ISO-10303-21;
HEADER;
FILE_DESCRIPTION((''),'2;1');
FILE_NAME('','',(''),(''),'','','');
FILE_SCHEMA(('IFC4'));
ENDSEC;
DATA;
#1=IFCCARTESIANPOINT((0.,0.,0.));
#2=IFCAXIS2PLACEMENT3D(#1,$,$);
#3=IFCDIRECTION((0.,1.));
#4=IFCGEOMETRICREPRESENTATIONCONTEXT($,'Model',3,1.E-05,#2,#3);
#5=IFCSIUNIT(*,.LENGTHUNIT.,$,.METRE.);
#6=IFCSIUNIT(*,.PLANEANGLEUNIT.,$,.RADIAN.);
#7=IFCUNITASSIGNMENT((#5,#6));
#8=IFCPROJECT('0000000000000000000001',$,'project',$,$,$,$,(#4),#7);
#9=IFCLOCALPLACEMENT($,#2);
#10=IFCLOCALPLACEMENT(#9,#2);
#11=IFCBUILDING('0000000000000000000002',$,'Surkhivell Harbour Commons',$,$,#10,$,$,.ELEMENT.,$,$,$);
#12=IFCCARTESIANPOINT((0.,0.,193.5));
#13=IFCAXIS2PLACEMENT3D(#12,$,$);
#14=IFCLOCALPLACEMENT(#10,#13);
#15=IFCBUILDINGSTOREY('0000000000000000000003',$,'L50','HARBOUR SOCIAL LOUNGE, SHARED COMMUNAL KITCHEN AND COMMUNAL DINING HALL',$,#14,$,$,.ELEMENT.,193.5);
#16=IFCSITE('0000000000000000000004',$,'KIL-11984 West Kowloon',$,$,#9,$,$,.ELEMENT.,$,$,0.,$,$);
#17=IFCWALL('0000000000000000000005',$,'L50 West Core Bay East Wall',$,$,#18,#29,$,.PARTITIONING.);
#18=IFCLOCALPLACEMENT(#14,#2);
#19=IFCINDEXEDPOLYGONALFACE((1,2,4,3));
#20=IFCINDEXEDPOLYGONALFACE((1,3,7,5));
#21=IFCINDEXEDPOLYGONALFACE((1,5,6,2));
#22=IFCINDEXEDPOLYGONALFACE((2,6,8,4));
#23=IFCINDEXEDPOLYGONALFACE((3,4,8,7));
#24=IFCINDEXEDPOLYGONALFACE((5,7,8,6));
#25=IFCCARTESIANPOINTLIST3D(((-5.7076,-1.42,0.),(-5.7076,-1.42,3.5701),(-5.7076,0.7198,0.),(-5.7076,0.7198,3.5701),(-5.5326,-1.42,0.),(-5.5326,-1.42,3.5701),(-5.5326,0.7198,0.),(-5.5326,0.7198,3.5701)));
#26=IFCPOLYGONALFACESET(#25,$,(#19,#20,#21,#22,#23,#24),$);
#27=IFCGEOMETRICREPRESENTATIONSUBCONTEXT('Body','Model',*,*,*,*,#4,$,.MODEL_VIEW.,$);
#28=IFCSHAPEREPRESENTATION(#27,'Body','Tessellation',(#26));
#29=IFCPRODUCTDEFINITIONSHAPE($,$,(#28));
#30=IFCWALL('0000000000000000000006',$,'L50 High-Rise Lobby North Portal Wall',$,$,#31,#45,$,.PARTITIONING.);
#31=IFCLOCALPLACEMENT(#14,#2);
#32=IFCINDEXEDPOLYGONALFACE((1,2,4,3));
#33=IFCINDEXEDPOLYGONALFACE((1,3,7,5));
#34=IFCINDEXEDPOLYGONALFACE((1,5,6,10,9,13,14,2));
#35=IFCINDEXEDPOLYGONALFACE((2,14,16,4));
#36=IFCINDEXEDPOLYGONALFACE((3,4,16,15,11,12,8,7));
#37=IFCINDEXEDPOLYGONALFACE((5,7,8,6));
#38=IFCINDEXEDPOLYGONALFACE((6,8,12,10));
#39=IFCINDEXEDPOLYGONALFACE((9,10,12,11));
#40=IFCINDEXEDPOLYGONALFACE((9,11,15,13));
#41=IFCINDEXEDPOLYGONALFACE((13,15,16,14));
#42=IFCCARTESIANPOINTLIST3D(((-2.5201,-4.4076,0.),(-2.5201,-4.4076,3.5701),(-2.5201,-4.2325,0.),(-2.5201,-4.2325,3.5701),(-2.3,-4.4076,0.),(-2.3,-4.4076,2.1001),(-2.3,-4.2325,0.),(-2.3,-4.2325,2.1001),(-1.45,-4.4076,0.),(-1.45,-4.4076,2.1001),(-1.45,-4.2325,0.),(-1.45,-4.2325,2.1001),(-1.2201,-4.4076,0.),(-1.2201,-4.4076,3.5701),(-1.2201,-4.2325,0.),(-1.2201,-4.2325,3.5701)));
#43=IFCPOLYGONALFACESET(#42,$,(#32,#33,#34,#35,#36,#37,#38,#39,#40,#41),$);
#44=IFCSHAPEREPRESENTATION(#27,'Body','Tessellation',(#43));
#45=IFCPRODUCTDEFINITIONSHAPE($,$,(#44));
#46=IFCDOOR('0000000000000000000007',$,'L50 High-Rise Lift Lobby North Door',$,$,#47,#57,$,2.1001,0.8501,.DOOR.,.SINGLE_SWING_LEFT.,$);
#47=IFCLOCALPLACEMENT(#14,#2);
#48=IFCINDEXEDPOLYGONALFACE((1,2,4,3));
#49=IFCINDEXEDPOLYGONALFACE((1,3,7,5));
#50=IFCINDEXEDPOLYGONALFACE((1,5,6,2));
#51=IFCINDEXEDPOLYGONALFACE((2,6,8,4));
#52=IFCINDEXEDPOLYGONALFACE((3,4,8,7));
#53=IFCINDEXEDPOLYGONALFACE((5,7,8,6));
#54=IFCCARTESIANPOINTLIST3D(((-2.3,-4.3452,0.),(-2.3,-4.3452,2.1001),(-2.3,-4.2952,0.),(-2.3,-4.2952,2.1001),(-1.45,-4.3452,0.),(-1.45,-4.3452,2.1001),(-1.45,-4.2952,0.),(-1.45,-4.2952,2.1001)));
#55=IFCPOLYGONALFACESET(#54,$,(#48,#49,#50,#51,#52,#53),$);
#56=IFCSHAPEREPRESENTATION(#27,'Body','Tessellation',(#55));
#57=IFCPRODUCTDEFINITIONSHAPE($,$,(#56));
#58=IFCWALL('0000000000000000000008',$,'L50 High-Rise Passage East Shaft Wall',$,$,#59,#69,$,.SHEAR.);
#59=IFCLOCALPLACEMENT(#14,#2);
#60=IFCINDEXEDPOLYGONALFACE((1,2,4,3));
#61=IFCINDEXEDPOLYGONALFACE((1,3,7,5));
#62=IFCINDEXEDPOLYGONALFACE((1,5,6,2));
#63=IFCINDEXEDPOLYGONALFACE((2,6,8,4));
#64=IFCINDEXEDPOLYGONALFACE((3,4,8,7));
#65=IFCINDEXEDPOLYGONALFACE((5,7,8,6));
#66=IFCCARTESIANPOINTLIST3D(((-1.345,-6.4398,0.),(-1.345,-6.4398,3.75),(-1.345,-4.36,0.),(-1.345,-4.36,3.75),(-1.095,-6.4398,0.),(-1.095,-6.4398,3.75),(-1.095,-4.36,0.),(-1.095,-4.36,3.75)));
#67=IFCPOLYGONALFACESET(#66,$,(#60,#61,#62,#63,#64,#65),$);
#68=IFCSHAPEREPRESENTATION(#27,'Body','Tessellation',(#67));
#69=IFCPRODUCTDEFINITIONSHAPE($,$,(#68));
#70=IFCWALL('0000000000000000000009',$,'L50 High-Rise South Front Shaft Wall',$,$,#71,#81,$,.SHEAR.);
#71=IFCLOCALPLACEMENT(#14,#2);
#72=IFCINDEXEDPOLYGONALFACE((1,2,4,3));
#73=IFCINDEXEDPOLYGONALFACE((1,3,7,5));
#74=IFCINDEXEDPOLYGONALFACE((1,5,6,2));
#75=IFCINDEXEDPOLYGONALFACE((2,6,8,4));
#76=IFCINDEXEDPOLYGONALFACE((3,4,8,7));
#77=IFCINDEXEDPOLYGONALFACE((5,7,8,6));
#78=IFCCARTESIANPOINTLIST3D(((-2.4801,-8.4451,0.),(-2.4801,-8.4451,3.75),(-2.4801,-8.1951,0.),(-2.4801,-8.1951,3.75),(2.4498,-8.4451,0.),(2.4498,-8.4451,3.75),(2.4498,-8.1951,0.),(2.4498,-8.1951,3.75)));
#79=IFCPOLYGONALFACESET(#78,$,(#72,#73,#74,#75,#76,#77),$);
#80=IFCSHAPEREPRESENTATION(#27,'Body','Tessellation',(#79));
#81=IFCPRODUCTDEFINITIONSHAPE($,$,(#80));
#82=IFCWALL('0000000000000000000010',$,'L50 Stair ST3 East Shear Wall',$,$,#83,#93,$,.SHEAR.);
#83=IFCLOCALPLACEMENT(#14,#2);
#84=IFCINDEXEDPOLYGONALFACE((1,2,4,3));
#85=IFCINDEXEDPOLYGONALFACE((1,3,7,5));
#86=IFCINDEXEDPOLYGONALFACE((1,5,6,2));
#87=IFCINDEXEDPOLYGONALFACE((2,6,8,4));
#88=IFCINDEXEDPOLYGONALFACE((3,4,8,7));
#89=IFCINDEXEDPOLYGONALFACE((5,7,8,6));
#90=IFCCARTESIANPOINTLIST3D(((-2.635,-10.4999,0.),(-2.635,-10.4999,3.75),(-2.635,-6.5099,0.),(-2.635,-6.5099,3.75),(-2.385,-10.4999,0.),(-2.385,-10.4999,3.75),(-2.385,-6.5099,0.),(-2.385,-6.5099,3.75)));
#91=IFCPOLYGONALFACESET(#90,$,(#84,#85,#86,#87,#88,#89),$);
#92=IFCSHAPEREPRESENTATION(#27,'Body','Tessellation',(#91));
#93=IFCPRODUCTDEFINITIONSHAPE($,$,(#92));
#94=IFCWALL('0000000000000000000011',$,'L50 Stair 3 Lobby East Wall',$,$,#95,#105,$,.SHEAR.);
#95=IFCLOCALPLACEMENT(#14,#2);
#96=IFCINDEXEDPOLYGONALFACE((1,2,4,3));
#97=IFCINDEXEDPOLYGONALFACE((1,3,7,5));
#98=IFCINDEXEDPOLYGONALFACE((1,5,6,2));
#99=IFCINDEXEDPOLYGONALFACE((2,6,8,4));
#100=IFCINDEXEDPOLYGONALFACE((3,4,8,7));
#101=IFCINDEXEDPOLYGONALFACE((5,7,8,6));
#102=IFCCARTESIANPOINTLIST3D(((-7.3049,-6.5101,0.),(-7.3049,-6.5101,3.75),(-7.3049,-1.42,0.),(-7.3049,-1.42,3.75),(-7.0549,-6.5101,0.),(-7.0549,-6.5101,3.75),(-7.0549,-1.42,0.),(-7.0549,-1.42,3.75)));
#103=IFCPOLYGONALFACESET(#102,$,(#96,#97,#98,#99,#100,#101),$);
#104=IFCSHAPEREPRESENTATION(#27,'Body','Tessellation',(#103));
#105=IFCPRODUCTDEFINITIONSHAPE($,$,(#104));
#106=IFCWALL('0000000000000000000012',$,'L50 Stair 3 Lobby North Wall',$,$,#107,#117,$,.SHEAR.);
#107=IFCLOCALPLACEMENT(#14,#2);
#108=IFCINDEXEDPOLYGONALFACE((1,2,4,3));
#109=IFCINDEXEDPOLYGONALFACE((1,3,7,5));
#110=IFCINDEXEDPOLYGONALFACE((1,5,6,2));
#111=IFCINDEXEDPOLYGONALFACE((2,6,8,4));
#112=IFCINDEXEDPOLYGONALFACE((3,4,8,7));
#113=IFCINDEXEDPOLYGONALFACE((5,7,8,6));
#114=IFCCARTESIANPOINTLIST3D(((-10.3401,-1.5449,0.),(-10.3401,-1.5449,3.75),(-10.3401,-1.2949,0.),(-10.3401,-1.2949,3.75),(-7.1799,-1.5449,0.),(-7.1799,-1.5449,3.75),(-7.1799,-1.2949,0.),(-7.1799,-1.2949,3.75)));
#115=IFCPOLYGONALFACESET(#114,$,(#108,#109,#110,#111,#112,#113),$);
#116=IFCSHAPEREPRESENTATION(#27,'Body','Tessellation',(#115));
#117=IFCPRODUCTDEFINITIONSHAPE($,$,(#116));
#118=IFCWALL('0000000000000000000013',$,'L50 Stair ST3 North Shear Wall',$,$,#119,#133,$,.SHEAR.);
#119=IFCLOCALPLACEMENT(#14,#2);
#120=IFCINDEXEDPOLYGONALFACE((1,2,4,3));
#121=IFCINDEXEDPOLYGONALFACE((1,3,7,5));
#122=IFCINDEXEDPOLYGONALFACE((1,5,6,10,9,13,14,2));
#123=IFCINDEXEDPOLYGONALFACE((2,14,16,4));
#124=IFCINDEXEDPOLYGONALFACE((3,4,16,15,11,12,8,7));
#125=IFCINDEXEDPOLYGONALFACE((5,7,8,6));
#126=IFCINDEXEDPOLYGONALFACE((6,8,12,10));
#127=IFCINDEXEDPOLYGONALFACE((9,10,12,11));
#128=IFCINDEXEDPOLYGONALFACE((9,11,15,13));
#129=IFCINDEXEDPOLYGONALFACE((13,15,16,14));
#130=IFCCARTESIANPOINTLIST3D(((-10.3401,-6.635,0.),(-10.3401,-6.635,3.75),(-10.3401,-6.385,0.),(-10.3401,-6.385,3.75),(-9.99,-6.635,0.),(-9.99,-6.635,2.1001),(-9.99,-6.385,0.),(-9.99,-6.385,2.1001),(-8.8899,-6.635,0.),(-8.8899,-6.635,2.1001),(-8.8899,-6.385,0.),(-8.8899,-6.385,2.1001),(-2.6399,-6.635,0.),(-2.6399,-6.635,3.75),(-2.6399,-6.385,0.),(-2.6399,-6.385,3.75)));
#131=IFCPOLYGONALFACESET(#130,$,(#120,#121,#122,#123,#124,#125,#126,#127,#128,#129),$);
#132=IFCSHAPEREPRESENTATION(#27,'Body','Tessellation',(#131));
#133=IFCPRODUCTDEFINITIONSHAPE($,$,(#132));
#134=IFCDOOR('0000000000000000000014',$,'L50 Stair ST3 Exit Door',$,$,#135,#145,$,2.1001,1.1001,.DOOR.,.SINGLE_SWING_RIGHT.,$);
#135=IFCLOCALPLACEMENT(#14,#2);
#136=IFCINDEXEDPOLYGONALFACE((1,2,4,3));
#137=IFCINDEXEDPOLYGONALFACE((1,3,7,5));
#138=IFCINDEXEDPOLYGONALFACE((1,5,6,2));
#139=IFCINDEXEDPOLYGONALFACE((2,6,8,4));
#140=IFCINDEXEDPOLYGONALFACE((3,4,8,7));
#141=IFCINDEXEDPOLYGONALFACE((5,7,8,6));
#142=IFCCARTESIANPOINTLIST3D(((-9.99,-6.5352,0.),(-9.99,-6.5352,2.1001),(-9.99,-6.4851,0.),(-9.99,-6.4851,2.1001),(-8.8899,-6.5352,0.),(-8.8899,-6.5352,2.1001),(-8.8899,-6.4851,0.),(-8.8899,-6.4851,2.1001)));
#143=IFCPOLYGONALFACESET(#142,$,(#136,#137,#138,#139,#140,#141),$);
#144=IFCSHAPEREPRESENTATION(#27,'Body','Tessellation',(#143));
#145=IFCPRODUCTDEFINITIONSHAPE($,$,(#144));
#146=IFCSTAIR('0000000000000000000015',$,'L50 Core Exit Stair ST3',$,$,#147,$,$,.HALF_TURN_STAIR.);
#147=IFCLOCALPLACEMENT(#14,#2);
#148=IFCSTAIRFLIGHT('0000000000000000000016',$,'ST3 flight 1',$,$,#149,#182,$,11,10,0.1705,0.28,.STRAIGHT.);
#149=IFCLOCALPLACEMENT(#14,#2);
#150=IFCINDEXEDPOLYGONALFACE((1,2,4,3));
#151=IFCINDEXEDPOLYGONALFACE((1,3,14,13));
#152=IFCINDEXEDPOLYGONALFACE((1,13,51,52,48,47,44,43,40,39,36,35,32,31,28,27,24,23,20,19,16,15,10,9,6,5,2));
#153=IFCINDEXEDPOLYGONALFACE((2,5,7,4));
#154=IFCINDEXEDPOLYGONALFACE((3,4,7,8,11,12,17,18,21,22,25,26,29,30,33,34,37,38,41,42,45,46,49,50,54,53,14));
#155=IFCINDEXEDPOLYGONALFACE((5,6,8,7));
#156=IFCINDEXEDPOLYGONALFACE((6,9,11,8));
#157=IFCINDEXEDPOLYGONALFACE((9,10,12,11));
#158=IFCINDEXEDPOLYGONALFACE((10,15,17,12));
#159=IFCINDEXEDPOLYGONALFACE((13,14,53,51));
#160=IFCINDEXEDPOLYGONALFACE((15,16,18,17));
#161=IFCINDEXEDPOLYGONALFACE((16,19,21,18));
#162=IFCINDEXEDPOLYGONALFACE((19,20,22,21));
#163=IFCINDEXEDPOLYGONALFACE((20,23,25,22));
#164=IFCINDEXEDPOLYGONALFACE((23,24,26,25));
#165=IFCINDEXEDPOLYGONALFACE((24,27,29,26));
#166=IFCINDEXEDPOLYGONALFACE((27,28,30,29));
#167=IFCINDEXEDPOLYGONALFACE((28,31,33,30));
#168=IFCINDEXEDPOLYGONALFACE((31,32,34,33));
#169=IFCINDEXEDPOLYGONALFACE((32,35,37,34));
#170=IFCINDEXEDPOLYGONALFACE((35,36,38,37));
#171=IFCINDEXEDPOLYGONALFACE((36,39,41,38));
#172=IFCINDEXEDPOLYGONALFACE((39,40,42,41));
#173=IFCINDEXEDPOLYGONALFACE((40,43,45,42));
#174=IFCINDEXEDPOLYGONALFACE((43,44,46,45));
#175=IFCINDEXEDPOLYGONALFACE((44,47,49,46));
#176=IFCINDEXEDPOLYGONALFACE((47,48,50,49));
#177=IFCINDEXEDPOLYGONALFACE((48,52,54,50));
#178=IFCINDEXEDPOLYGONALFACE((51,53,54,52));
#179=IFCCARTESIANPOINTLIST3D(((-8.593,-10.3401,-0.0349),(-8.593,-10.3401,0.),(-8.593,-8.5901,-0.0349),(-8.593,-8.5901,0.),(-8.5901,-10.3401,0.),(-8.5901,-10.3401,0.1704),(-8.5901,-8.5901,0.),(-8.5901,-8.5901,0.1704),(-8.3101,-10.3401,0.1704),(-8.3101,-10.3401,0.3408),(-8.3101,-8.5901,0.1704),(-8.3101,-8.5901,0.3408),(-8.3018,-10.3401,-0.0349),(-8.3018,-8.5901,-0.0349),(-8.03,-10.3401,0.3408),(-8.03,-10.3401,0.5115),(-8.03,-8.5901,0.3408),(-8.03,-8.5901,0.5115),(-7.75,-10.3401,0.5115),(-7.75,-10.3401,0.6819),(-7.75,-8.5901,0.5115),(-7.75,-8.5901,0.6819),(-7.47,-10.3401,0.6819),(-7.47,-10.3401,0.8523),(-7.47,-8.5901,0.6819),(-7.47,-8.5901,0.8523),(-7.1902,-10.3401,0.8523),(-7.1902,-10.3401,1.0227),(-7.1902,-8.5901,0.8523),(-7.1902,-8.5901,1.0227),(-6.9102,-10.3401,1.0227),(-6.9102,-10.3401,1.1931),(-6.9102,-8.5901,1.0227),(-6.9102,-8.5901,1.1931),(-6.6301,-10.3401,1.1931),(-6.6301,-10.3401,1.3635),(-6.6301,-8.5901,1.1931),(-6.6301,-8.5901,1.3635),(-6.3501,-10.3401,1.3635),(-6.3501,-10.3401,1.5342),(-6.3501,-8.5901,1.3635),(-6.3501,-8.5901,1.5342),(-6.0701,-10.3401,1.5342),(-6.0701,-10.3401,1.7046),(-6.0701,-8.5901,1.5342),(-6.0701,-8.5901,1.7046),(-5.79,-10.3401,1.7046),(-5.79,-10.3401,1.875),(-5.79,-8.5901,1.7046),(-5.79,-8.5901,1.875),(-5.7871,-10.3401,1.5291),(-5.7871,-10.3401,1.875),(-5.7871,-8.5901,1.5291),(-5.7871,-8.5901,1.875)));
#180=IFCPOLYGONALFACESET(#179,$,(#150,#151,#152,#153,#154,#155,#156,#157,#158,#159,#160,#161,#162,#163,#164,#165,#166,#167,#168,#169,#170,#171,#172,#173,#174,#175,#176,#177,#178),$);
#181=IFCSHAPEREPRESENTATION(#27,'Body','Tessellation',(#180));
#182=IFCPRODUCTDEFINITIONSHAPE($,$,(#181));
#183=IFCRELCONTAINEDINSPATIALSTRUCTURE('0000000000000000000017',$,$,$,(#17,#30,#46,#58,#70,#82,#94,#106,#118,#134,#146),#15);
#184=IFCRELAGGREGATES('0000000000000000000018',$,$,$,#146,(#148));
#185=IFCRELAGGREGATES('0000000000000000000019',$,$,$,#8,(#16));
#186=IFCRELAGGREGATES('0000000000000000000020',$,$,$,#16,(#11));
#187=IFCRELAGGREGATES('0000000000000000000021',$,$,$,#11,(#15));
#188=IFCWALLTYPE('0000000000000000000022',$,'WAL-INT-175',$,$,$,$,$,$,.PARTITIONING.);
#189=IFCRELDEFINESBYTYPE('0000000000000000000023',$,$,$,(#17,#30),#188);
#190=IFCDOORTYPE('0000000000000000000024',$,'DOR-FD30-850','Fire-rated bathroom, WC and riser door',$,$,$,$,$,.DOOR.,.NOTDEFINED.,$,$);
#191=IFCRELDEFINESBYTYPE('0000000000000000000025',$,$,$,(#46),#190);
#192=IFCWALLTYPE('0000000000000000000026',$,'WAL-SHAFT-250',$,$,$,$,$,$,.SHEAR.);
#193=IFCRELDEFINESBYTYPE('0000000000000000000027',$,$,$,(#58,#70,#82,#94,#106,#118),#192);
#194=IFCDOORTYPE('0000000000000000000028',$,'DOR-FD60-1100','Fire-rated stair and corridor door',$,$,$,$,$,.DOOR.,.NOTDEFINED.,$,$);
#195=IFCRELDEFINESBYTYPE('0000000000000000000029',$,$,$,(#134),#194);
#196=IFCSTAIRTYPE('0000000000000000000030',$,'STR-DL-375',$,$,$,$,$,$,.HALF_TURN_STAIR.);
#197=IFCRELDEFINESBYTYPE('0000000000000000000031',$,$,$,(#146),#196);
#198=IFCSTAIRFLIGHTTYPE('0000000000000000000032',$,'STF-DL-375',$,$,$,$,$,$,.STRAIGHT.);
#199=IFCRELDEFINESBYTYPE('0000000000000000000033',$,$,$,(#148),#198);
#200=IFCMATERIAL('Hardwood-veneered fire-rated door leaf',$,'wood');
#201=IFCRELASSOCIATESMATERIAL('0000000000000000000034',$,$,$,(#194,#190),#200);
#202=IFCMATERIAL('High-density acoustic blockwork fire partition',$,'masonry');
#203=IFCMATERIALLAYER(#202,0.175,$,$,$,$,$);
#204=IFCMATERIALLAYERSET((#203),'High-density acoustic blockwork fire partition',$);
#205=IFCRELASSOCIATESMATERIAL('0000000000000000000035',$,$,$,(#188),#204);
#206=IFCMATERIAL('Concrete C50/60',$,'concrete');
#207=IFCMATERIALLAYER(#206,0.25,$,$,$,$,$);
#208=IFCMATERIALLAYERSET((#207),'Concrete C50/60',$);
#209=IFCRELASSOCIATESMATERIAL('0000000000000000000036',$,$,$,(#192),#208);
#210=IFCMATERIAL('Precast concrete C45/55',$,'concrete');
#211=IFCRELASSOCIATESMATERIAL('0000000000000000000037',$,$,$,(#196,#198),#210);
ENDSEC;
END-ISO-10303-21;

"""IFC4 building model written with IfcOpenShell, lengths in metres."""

from ifc_helpers import new_model, si_unit, direction, frame, frame_2d, origin, place, context, subcontext, project, spatial, polyline, rectangle, outline, extrude, material, layer, layer_set, type_object, element, fill, aggregate, save


model = new_model("IFC4")

# Units and contexts
model_context = context("Model", 3, precision=1e-05, world=origin(), true_north=direction((0.0, 1.0)))
body_context = subcontext(model_context, "Body", "Model", "MODEL_VIEW")
ifc_project = project(units=[si_unit("LENGTHUNIT", "METRE"), si_unit("PLANEANGLEUNIT", "RADIAN")], contexts=[model_context])

# Site, building, storey
site_placement = place(None, origin())
site = spatial("IfcSite", under=ifc_project, at=site_placement, Name="KIL-11984 West Kowloon", CompositionType="ELEMENT", RefElevation=0.0)
building_placement = place(site_placement, origin())
building = spatial("IfcBuilding", under=site, at=building_placement, Name="Surkhivell Harbour Commons", CompositionType="ELEMENT")
storey_placement = place(building_placement, frame((0.0, 0.0, 193.5)))
storey = spatial("IfcBuildingStorey", under=building, at=storey_placement, Name="L50", Description="HARBOUR SOCIAL LOUNGE, SHARED COMMUNAL KITCHEN AND COMMUNAL DINING HALL", CompositionType="ELEMENT", Elevation=193.5)

# Shared definitions
ifc_material_1 = material(Name="Hardwood-veneered fire-rated door leaf", Category="wood")
door_type_1 = type_object("IfcDoorType", Name="DOR-FD60-1100", Description="Fire-rated stair and corridor door", OperationType="NOTDEFINED", PredefinedType="DOOR", material=ifc_material_1)
door_type_2 = type_object("IfcDoorType", Name="DOR-FD30-850", Description="Fire-rated bathroom, WC and riser door", OperationType="NOTDEFINED", PredefinedType="DOOR", material=ifc_material_1)
ifc_material_2 = material(Name="High-density acoustic blockwork fire partition", Category="masonry")
ifc_layer_1 = layer(ifc_material_2, 0.175)
ifc_layer_set_1 = layer_set([ifc_layer_1], Name="High-density acoustic blockwork fire partition")
wall_type_1 = type_object("IfcWallType", Name="WAL-INT-175", PredefinedType="PARTITIONING", material=ifc_layer_set_1)

# Wall
wall_1_placement = place(storey_placement, frame((-5.6201, -1.4199, 0.0), z_axis=(0.0, 0.0, 1.0), x_axis=(0.0, 1.0, 0.0)))
element("IfcWall", 1, at=wall_1_placement, inside=storey, type_object=wall_type_1, Name="L50 West Core Bay East Wall", PredefinedType="PARTITIONING", context=body_context, shape_type="SweptSolid", body=[
    extrude(rectangle(XDim=2.1399, YDim=0.175, at=frame_2d((1.0698, 0.0))), origin(), (0.0, 0.0, 1.0), 3.5701),
])

# Wall, opening, door
wall_2_placement = place(storey_placement, frame((-2.52, -4.3201, 0.0), z_axis=(0.0, 0.0, 1.0), x_axis=(1.0, 0.0, 0.0)))
wall_2 = element("IfcWall", 2, at=wall_2_placement, inside=storey, type_object=wall_type_1, Name="L50 High-Rise Lobby North Portal Wall", PredefinedType="PARTITIONING", context=body_context, shape_type="SweptSolid", body=[
    extrude(rectangle(XDim=1.3, YDim=0.175, at=frame_2d((0.6499, 0.0))), origin(), (0.0, 0.0, 1.0), 3.5701),
])
opening_1_placement = place(wall_2_placement, frame((0.22, 0.0, 0.0)))
opening_1 = element("IfcOpeningElement", 3, at=opening_1_placement, cuts=wall_2, PredefinedType="OPENING", context=body_context, shape_type="SweptSolid", body=[
    extrude(rectangle(XDim=0.8501, YDim=2.1001, at=frame_2d((0.425, 1.05))), frame((0.0, 0.0974, 0.0), z_axis=(0.0, -1.0, 0.0), x_axis=(1.0, 0.0, 0.0)), (0.0, 0.0, 1.0), 0.1951),
])
door_1_placement = place(opening_1_placement, origin())
door_1 = element("IfcDoor", 4, at=door_1_placement, inside=storey, type_object=door_type_2, Name="L50 High-Rise Lift Lobby North Door", OperationType="SINGLE_SWING_LEFT", OverallHeight=2.1001, OverallWidth=0.8501, PredefinedType="DOOR", context=body_context, shape_type="SweptSolid", body=[
    extrude(rectangle(XDim=0.8501, YDim=2.1001, at=frame_2d((0.425, 1.05))), frame((0.0, 0.0249, 0.0), z_axis=(0.0, -1.0, 0.0), x_axis=(1.0, 0.0, 0.0)), (0.0, 0.0, 1.0), 0.05),
])
fill(opening_1, door_1)

# Walls
ifc_material_3 = material(Name="Concrete C50/60", Category="concrete")
ifc_layer_2 = layer(ifc_material_3, 0.25)
ifc_layer_set_2 = layer_set([ifc_layer_2], Name="Concrete C50/60")
wall_type_2 = type_object("IfcWallType", Name="WAL-SHAFT-250", PredefinedType="SHEAR", material=ifc_layer_set_2)
wall_3_placement = place(storey_placement, frame((-1.22, -6.4399, 0.0), z_axis=(0.0, 0.0, 1.0), x_axis=(0.0, 1.0, 0.0)))
element("IfcWall", 5, at=wall_3_placement, inside=storey, type_object=wall_type_2, Name="L50 High-Rise Passage East Shaft Wall", PredefinedType="SHEAR", context=body_context, shape_type="SweptSolid", body=[
    extrude(rectangle(XDim=2.0798, YDim=0.25, at=frame_2d((1.04, 0.0))), origin(), (0.0, 0.0, 1.0), 3.75),
])
wall_4_placement = place(storey_placement, frame((-2.48, -8.3201, 0.0), z_axis=(0.0, 0.0, 1.0), x_axis=(1.0, 0.0, 0.0)))
element("IfcWall", 6, at=wall_4_placement, inside=storey, type_object=wall_type_2, Name="L50 High-Rise South Front Shaft Wall", PredefinedType="SHEAR", context=body_context, shape_type="SweptSolid", body=[
    extrude(rectangle(XDim=4.9299, YDim=0.25, at=frame_2d((2.4648, 0.0))), origin(), (0.0, 0.0, 1.0), 3.75),
])
wall_5_placement = place(storey_placement, frame((-2.51, -10.5, 0.0), z_axis=(0.0, 0.0, 1.0), x_axis=(0.0, 1.0, 0.0)))
element("IfcWall", 7, at=wall_5_placement, inside=storey, type_object=wall_type_2, Name="L50 Stair ST3 East Shear Wall", PredefinedType="SHEAR", context=body_context, shape_type="SweptSolid", body=[
    extrude(rectangle(XDim=3.99, YDim=0.25, at=frame_2d((1.9951, 0.0))), origin(), (0.0, 0.0, 1.0), 3.75),
])
wall_6_placement = place(storey_placement, frame((-7.1799, -6.51, 0.0), z_axis=(0.0, 0.0, 1.0), x_axis=(0.0, 1.0, 0.0)))
element("IfcWall", 8, at=wall_6_placement, inside=storey, type_object=wall_type_2, Name="L50 Stair 3 Lobby East Wall", PredefinedType="SHEAR", context=body_context, shape_type="SweptSolid", body=[
    extrude(rectangle(XDim=5.0901, YDim=0.25, at=frame_2d((2.5449, 0.0))), origin(), (0.0, 0.0, 1.0), 3.75),
])
wall_7_placement = place(storey_placement, frame((-10.3401, -1.4199, 0.0), z_axis=(0.0, 0.0, 1.0), x_axis=(1.0, 0.0, 0.0)))
element("IfcWall", 9, at=wall_7_placement, inside=storey, type_object=wall_type_2, Name="L50 Stair 3 Lobby North Wall", PredefinedType="SHEAR", context=body_context, shape_type="SweptSolid", body=[
    extrude(rectangle(XDim=3.1602, YDim=0.25, at=frame_2d((1.5801, 0.0))), origin(), (0.0, 0.0, 1.0), 3.75),
])

# Wall, opening, door
wall_8_placement = place(storey_placement, frame((-10.3401, -6.51, 0.0), z_axis=(0.0, 0.0, 1.0), x_axis=(1.0, 0.0, 0.0)))
wall_8 = element("IfcWall", 10, at=wall_8_placement, inside=storey, type_object=wall_type_2, Name="L50 Stair ST3 North Shear Wall", PredefinedType="SHEAR", context=body_context, shape_type="SweptSolid", body=[
    extrude(rectangle(XDim=7.7002, YDim=0.25, at=frame_2d((3.8501, 0.0))), origin(), (0.0, 0.0, 1.0), 3.75),
])
opening_2_placement = place(wall_8_placement, frame((0.3501, 0.0, 0.0)))
opening_2 = element("IfcOpeningElement", 11, at=opening_2_placement, cuts=wall_8, PredefinedType="OPENING", context=body_context, shape_type="SweptSolid", body=[
    extrude(rectangle(XDim=1.1001, YDim=2.1001, at=frame_2d((0.55, 1.05))), frame((0.0, 0.135, 0.0), z_axis=(0.0, -1.0, 0.0), x_axis=(1.0, 0.0, 0.0)), (0.0, 0.0, 1.0), 0.27),
])
door_2_placement = place(opening_2_placement, origin())
door_2 = element("IfcDoor", 12, at=door_2_placement, inside=storey, type_object=door_type_1, Name="L50 Stair ST3 Exit Door", OperationType="SINGLE_SWING_RIGHT", OverallHeight=2.1001, OverallWidth=1.1001, PredefinedType="DOOR", context=body_context, shape_type="SweptSolid", body=[
    extrude(rectangle(XDim=1.1001, YDim=2.1001, at=frame_2d((0.55, 1.05))), frame((0.0, 0.0249, 0.0), z_axis=(0.0, -1.0, 0.0), x_axis=(1.0, 0.0, 0.0)), (0.0, 0.0, 1.0), 0.05),
])
fill(opening_2, door_2)

# Stair, stair flight
ifc_material_4 = material(Name="Precast concrete C45/55", Category="concrete")
stair_type = type_object("IfcStairType", Name="STR-DL-375", PredefinedType="HALF_TURN_STAIR", material=ifc_material_4)
stair_placement = place(storey_placement, origin())
stair = element("IfcStair", 13, at=stair_placement, inside=storey, type_object=stair_type, Name="L50 Core Exit Stair ST3", PredefinedType="HALF_TURN_STAIR")
stair_flight_type = type_object("IfcStairFlightType", Name="STF-DL-375", PredefinedType="STRAIGHT", material=ifc_material_4)
stair_flight_1_placement = place(storey_placement, frame((-8.5901, -9.4651, 0.0), z_axis=(0.0, 0.0, 1.0), x_axis=(1.0, 0.0, 0.0)))
stair_flight_1 = element("IfcStairFlight", 14, at=stair_flight_1_placement, type_object=stair_flight_type, Name="ST3 flight 1", NumberOfRisers=11, NumberOfTreads=10, PredefinedType="STRAIGHT", RiserHeight=0.1705, TreadLength=0.28, context=body_context, shape_type="SweptSolid", body=[
    extrude(outline(polyline([(-0.0029, -0.0349), (-0.0029, 0.0), (0.0, 0.0), (0.0, 0.1704), (0.28, 0.1704), (0.28, 0.3408), (0.5601, 0.3408), (0.5601, 0.5115), (0.8401, 0.5115), (0.8401, 0.6819), (1.1201, 0.6819), (1.1201, 0.8523), (1.3999, 0.8523), (1.3999, 1.0227), (1.6799, 1.0227), (1.6799, 1.1931), (1.96, 1.1931), (1.96, 1.3635), (2.24, 1.3635), (2.24, 1.5342), (2.52, 1.5342), (2.52, 1.7046), (2.8, 1.7046), (2.8, 1.875), (2.803, 1.875), (2.803, 1.5291), (0.2883, -0.0349), (-0.0029, -0.0349)])), frame((0.0, 0.875, 0.0), z_axis=(0.0, -1.0, 0.0), x_axis=(1.0, 0.0, 0.0)), (0.0, 0.0, 1.0), 1.75),
])
aggregate(stair, [stair_flight_1])

save(model, "model.ifc")
